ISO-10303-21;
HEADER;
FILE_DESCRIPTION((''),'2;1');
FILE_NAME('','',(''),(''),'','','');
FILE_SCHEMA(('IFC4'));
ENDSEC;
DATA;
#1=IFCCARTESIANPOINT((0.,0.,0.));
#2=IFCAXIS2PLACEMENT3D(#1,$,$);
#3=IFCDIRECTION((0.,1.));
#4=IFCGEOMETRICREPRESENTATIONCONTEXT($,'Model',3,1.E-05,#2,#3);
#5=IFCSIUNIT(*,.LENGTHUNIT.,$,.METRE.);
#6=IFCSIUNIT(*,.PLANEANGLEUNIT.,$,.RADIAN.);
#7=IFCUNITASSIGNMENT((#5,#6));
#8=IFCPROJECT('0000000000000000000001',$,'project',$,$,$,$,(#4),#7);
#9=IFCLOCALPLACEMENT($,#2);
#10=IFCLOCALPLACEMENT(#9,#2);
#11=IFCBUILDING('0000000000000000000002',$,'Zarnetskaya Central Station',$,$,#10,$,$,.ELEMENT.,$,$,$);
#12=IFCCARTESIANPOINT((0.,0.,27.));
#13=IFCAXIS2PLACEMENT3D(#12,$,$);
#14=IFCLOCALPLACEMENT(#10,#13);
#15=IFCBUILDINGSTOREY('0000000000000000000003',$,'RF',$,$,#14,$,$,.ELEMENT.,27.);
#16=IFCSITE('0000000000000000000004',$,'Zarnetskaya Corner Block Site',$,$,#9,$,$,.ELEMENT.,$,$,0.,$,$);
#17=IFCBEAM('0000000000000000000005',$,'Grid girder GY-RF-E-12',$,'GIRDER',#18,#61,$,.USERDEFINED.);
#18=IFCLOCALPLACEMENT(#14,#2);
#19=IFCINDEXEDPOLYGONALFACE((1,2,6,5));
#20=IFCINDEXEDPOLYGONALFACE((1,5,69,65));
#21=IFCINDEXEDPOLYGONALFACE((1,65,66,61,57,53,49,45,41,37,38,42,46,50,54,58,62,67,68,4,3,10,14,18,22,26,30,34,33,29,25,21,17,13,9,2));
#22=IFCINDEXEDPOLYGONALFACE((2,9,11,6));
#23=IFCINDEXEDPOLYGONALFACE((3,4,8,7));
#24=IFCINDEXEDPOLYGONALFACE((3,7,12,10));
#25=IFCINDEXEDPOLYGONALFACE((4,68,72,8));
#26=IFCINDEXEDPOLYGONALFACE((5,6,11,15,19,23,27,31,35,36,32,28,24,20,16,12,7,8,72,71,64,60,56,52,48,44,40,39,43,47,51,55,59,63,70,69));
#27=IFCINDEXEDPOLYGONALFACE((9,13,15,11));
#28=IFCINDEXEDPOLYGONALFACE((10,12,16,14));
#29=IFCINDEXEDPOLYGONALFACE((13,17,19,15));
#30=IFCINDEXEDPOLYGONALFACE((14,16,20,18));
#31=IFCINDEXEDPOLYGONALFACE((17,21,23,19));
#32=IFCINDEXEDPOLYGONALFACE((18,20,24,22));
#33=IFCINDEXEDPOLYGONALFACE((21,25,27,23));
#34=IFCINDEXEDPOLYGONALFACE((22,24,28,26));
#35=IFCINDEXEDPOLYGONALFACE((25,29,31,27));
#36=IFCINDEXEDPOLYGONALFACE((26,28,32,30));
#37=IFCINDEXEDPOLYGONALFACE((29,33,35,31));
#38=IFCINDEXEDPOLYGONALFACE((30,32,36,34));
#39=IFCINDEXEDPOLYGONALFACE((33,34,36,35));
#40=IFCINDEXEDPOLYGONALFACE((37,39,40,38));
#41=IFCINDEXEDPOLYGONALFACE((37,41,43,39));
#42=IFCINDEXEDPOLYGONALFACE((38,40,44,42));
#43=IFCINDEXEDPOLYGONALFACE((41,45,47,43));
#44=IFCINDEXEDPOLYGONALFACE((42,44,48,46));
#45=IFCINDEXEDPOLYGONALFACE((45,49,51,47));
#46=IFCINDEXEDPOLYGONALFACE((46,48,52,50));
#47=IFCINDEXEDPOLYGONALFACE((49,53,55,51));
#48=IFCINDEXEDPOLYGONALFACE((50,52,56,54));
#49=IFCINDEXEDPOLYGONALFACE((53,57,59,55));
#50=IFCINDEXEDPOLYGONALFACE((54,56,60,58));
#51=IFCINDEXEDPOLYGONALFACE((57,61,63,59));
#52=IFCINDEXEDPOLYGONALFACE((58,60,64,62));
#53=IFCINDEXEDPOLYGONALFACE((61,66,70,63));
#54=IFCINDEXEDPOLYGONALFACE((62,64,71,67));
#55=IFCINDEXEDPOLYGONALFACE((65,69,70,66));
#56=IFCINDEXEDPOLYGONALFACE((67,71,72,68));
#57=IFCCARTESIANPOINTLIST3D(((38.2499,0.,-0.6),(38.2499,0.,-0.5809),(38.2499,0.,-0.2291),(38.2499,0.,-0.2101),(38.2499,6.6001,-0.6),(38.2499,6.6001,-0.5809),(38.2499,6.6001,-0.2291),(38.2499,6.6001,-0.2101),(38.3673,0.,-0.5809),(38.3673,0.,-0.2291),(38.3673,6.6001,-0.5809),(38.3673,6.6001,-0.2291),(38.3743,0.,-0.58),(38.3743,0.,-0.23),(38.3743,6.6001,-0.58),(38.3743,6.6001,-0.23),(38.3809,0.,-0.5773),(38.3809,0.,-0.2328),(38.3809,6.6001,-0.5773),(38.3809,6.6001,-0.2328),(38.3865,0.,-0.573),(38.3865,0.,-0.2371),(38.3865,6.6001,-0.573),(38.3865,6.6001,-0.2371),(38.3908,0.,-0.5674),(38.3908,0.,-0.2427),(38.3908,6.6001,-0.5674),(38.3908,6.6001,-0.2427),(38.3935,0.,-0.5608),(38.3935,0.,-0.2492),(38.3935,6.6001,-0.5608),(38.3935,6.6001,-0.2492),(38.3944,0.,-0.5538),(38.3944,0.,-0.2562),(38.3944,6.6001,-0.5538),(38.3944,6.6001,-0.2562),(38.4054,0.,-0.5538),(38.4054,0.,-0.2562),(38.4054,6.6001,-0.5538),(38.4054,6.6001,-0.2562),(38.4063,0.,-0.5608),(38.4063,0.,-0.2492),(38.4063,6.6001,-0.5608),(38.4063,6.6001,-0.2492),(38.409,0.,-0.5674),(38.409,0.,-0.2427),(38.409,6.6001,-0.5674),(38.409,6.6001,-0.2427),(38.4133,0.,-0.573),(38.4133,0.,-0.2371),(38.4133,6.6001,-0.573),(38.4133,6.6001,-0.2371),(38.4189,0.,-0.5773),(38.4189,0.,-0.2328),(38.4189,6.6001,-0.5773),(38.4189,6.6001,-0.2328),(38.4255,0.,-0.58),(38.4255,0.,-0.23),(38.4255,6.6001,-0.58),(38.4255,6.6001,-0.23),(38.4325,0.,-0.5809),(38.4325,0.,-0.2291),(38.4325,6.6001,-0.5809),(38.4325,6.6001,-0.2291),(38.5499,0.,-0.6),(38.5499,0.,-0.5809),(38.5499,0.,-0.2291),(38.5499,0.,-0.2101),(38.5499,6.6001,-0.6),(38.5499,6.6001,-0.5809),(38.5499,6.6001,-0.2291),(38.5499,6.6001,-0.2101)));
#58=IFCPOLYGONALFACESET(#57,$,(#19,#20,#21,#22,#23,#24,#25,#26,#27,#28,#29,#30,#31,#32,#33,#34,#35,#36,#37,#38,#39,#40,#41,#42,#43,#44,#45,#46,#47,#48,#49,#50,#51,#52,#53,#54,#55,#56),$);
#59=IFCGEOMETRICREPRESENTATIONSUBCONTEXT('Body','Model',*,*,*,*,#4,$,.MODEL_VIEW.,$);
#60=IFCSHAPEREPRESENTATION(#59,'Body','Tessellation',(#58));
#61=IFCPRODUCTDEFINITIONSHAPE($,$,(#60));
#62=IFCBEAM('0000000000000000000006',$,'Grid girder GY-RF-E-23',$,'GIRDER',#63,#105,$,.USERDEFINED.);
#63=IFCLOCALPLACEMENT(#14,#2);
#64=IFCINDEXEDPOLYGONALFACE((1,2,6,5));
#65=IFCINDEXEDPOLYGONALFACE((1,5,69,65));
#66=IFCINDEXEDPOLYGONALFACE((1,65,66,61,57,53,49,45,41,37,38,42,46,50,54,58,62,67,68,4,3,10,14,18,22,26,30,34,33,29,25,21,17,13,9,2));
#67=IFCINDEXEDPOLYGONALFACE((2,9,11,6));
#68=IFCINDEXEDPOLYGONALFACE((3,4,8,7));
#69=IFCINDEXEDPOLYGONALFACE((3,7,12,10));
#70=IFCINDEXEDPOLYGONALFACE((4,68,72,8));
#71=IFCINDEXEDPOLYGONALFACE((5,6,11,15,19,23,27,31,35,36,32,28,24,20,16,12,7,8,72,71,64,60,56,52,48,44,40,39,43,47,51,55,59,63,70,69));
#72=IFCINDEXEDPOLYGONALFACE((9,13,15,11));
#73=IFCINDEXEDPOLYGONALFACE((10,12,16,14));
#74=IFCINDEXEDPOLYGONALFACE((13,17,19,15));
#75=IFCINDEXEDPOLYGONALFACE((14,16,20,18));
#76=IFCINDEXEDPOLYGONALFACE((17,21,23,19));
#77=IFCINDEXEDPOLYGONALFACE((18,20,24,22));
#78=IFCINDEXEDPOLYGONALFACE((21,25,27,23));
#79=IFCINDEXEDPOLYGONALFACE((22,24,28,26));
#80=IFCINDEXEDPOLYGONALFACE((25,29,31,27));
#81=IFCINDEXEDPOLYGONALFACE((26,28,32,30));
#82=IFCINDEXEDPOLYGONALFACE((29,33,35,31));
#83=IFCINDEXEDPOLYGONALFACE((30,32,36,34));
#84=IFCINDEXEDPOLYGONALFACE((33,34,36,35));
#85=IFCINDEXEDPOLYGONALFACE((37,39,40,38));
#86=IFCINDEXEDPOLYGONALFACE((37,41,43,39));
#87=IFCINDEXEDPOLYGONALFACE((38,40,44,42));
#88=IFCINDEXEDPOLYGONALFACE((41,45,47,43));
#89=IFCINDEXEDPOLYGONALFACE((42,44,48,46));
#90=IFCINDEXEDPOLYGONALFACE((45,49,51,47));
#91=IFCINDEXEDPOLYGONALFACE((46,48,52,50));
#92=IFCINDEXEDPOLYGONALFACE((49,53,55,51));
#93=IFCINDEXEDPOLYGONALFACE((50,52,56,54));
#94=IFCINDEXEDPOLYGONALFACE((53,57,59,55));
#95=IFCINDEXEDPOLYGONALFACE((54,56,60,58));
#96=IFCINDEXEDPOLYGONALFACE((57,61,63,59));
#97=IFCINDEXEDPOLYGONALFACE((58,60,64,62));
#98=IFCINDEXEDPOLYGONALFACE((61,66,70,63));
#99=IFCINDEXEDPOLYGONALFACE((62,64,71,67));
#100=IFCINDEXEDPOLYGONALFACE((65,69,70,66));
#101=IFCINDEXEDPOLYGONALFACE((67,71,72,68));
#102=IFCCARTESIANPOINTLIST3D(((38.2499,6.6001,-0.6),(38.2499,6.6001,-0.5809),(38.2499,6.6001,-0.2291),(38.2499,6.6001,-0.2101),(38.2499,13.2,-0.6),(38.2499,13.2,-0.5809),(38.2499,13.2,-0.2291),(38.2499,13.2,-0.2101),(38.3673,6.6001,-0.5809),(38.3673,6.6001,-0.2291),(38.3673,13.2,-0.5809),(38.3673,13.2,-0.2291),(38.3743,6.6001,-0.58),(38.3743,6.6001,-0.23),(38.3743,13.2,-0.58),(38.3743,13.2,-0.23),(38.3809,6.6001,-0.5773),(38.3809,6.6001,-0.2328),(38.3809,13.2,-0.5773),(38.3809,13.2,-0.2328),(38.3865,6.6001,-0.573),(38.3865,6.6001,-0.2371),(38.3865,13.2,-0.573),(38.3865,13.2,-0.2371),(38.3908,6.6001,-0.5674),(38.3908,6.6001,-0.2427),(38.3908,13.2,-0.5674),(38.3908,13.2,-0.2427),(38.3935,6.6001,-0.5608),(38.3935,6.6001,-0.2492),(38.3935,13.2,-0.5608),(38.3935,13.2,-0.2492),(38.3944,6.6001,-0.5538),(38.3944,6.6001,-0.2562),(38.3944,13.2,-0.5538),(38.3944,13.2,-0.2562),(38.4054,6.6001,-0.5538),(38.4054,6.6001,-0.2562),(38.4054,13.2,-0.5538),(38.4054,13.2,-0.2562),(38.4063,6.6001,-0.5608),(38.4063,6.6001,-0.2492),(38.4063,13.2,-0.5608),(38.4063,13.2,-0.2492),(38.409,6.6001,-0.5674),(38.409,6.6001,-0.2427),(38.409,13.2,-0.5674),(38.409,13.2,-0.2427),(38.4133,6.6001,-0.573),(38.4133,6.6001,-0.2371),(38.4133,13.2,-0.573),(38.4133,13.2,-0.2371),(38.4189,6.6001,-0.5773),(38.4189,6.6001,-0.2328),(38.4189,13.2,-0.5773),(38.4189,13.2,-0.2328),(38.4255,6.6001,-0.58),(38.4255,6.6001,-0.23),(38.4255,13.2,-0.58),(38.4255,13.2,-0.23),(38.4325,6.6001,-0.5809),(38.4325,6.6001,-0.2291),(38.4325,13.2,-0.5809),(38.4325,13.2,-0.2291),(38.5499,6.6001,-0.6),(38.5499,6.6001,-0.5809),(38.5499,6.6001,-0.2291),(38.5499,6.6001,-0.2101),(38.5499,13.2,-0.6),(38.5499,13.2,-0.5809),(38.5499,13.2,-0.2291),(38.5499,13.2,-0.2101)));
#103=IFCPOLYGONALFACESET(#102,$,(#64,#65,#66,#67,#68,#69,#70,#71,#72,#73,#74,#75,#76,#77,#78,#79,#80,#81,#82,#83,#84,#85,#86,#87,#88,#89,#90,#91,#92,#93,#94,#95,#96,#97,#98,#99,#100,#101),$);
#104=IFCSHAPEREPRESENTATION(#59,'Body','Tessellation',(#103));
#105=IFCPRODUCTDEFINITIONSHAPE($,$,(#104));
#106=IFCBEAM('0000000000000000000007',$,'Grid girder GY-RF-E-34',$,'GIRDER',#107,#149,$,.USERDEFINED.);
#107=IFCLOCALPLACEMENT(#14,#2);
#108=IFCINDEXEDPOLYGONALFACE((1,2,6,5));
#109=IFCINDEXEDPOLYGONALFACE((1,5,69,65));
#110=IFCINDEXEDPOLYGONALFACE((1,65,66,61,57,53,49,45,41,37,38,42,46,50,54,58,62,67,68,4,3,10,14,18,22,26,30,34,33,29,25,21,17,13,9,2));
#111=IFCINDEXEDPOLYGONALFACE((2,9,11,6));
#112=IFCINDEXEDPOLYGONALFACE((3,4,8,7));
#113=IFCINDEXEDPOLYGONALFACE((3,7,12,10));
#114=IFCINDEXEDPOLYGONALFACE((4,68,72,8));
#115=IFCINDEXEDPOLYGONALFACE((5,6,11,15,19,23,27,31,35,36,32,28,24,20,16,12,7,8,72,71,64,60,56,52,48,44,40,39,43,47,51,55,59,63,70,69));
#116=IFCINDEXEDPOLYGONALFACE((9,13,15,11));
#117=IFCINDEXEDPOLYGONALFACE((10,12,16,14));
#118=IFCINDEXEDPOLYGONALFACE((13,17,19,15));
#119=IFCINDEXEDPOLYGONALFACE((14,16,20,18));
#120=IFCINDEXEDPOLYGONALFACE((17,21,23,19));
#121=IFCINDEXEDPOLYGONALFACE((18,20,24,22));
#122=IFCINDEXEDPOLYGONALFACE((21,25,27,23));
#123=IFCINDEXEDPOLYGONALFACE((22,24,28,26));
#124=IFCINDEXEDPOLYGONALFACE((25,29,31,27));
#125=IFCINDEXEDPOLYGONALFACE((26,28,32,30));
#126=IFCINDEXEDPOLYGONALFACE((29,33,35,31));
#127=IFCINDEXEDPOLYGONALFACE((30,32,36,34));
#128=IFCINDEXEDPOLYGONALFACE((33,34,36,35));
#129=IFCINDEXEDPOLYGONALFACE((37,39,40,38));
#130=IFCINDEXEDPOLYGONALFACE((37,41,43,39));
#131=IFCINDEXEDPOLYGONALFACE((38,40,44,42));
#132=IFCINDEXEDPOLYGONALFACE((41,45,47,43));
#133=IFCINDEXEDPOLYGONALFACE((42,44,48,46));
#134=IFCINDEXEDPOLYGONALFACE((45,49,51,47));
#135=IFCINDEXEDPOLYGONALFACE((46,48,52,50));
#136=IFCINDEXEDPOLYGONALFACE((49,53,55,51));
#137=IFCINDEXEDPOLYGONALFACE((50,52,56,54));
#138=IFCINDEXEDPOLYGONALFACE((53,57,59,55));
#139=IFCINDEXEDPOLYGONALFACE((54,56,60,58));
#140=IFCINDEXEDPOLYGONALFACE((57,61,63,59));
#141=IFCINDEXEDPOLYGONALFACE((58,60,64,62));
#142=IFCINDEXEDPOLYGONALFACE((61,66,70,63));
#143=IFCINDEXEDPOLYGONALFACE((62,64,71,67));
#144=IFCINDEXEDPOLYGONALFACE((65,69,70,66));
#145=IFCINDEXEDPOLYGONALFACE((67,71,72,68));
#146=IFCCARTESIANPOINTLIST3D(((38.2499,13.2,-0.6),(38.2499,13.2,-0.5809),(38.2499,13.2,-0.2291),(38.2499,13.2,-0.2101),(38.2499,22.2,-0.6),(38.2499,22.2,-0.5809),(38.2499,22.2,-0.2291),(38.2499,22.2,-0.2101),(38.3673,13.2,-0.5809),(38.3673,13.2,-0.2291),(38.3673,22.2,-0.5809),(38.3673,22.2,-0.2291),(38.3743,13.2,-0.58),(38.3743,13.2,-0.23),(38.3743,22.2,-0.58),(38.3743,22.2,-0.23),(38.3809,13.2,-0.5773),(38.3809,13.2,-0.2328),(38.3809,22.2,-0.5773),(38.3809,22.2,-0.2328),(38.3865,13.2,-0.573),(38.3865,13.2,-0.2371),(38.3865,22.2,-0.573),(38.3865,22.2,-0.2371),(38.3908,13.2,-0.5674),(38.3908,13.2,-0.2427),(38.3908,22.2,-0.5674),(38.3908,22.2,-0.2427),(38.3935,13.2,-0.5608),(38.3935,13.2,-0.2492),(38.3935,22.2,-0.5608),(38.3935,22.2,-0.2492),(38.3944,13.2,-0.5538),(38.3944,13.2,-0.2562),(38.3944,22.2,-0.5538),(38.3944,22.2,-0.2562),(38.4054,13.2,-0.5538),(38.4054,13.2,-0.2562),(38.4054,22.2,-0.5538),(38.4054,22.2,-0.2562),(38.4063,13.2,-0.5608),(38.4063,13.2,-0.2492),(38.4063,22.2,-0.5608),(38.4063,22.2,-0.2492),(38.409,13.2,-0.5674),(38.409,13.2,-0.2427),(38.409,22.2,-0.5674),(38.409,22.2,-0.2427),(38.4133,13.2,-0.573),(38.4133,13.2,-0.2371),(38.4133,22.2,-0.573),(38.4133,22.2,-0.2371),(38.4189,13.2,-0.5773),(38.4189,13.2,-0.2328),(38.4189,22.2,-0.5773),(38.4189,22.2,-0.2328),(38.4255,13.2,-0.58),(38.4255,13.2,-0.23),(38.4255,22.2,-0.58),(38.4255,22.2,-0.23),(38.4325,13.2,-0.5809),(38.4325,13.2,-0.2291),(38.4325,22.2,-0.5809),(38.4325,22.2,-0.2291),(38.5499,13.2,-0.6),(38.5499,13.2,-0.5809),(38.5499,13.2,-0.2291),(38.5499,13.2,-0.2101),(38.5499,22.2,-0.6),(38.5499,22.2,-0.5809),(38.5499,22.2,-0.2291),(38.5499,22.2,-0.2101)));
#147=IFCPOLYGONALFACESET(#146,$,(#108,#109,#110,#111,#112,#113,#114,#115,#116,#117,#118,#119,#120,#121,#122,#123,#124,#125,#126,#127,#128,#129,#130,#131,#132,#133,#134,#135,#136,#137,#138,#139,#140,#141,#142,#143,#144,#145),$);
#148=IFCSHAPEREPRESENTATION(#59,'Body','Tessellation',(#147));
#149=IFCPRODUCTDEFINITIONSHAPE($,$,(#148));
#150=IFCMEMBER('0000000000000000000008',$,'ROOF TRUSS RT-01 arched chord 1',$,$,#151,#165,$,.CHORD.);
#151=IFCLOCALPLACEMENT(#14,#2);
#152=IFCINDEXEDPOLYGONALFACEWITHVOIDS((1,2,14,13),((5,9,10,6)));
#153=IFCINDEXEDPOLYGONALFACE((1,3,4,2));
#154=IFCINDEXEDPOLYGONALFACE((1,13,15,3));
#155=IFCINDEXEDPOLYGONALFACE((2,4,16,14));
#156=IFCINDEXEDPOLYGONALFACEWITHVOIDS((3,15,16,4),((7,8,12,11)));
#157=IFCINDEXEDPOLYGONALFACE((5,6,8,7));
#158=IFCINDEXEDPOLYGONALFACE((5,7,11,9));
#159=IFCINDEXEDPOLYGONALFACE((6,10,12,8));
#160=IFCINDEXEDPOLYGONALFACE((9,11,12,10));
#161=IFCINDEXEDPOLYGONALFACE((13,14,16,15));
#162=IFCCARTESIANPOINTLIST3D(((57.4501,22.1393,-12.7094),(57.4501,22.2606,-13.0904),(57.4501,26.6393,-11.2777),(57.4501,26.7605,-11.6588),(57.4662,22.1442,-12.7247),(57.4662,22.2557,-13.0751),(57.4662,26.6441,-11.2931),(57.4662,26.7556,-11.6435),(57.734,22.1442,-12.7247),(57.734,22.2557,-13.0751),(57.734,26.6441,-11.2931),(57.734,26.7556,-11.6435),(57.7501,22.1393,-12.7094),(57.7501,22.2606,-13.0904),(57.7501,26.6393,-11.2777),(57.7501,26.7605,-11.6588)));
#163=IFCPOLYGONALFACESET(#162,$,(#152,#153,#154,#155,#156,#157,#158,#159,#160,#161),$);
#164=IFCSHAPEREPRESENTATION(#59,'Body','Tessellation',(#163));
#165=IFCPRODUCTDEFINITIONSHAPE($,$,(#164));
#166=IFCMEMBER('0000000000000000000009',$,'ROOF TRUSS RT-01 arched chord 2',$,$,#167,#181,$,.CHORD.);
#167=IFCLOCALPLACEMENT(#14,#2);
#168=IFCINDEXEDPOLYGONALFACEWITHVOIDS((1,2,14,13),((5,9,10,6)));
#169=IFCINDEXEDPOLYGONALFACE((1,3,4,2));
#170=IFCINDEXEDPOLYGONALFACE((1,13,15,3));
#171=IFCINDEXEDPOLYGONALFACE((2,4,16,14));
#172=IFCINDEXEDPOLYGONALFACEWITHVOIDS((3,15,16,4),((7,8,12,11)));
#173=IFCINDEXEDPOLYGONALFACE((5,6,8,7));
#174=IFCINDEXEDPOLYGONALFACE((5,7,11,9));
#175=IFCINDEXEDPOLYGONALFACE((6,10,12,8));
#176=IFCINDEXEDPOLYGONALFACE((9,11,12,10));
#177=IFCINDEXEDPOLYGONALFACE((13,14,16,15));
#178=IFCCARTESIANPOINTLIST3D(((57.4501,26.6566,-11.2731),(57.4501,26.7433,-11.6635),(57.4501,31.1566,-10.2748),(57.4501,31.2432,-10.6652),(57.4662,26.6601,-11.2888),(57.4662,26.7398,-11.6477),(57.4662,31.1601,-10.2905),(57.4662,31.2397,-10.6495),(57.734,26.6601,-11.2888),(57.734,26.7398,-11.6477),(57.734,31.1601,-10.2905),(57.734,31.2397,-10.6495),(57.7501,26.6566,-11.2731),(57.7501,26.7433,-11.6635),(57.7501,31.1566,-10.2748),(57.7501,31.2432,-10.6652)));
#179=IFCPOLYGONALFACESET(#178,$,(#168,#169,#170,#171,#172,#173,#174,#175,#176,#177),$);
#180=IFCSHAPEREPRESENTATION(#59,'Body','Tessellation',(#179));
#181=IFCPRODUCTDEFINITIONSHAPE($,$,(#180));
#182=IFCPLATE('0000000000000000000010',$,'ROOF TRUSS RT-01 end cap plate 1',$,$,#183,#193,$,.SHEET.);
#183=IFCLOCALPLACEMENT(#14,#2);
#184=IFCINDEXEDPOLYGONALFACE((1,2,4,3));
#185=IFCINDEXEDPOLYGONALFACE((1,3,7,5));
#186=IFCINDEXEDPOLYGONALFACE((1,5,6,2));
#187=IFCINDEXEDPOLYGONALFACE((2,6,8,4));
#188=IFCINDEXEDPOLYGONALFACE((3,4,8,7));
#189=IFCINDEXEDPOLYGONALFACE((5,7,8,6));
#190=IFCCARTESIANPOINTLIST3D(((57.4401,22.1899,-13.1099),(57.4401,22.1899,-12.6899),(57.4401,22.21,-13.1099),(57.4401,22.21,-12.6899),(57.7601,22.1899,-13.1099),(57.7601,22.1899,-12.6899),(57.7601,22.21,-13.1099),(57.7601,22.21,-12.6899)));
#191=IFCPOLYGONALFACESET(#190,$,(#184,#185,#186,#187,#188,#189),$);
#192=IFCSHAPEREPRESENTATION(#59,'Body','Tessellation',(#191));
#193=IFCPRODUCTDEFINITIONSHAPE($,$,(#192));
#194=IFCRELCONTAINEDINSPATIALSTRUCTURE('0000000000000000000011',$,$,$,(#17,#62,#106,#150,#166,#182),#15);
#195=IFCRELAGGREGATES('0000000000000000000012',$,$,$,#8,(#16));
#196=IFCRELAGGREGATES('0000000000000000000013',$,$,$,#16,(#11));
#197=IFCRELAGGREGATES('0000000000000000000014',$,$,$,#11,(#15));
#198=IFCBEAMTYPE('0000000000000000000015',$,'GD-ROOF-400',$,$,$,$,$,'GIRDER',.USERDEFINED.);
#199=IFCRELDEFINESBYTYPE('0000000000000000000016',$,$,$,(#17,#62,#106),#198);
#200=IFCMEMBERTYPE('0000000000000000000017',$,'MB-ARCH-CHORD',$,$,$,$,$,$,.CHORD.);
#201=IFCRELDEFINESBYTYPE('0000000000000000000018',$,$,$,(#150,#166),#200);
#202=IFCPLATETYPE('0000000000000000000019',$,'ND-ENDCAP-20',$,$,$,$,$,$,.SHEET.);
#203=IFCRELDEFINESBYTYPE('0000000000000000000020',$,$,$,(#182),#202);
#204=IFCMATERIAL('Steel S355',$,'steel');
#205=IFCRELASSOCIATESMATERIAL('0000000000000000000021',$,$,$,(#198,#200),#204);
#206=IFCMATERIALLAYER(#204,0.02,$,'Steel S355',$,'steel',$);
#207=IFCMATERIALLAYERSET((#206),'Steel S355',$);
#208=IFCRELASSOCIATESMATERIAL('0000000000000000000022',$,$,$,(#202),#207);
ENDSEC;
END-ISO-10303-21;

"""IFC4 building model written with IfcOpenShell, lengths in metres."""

from ifc_helpers import new_model, si_unit, direction, frame, origin, origin_2d, place, context, subcontext, project, spatial, rectangle, hollow_rectangle, i_section, extrude, material, layer, layer_set, material_profile, profile_set, type_object, element, save


model = new_model("IFC4")

# Units and contexts
model_context = context("Model", 3, precision=1e-05, world=origin(), true_north=direction((0.0, 1.0)))
body_context = subcontext(model_context, "Body", "Model", "MODEL_VIEW")
ifc_project = project(units=[si_unit("LENGTHUNIT", "METRE"), si_unit("PLANEANGLEUNIT", "RADIAN")], contexts=[model_context])

# Site, building, storey
site_placement = place(None, origin())
site = spatial("IfcSite", under=ifc_project, at=site_placement, Name="Zarnetskaya Corner Block Site", CompositionType="ELEMENT", RefElevation=0.0)
building_placement = place(site_placement, origin())
building = spatial("IfcBuilding", under=site, at=building_placement, Name="Zarnetskaya Central Station", CompositionType="ELEMENT")
storey_placement = place(building_placement, frame((0.0, 0.0, 27.0)))
storey = spatial("IfcBuildingStorey", under=building, at=storey_placement, Name="RF", CompositionType="ELEMENT", Elevation=27.0)

# Beams
ifc_material_1 = material(Name="Steel S355", Category="steel")
ifc_material_profile_1 = material_profile(ifc_material_1, i_section(OverallWidth=0.3, OverallDepth=0.3899, WebThickness=0.011, FlangeThickness=0.019, FilletRadius=0.0271, at=origin_2d()), Name="HEA 400")
ifc_profile_set_1 = profile_set([ifc_material_profile_1], Name="Steel S355")
beam_type_1 = type_object("IfcBeamType", Name="GD-ROOF-400", ElementType="GIRDER", PredefinedType="USERDEFINED", material=ifc_profile_set_1)
beam_1_placement = place(storey_placement, frame((38.3999, 0.0, -0.405), z_axis=(0.0, 1.0, 0.0), x_axis=(-1.0, 0.0, 0.0)))
element("IfcBeam", 1, at=beam_1_placement, inside=storey, type_object=beam_type_1, Name="Grid girder GY-RF-E-12", ObjectType="GIRDER", PredefinedType="USERDEFINED", context=body_context, shape_type="SweptSolid", body=[
    extrude(i_section(OverallWidth=0.3, OverallDepth=0.3899, WebThickness=0.011, FlangeThickness=0.019, FilletRadius=0.0271, at=origin_2d()), origin(), (0.0, 0.0, 1.0), 6.6001),
])
beam_2_placement = place(storey_placement, frame((38.3999, 6.6001, -0.405), z_axis=(0.0, 1.0, 0.0), x_axis=(-1.0, 0.0, 0.0)))
element("IfcBeam", 2, at=beam_2_placement, inside=storey, type_object=beam_type_1, Name="Grid girder GY-RF-E-23", ObjectType="GIRDER", PredefinedType="USERDEFINED", context=body_context, shape_type="SweptSolid", body=[
    extrude(i_section(OverallWidth=0.3, OverallDepth=0.3899, WebThickness=0.011, FlangeThickness=0.019, FilletRadius=0.0271, at=origin_2d()), origin(), (0.0, 0.0, 1.0), 6.5999),
])
beam_3_placement = place(storey_placement, frame((38.3999, 13.2, -0.405), z_axis=(0.0, 1.0, 0.0), x_axis=(-1.0, 0.0, 0.0)))
element("IfcBeam", 3, at=beam_3_placement, inside=storey, type_object=beam_type_1, Name="Grid girder GY-RF-E-34", ObjectType="GIRDER", PredefinedType="USERDEFINED", context=body_context, shape_type="SweptSolid", body=[
    extrude(i_section(OverallWidth=0.3, OverallDepth=0.3899, WebThickness=0.011, FlangeThickness=0.019, FilletRadius=0.0271, at=origin_2d()), origin(), (0.0, 0.0, 1.0), 9.0),
])

# Members
ifc_material_profile_2 = material_profile(ifc_material_1, hollow_rectangle(XDim=0.3, YDim=0.3999, WallThickness=0.0161, at=origin_2d()), Name="RHS 400x300x16")
ifc_profile_set_2 = profile_set([ifc_material_profile_2], Name="Steel S355")
member_type = type_object("IfcMemberType", Name="MB-ARCH-CHORD", PredefinedType="CHORD", material=ifc_profile_set_2)
member_1_placement = place(storey_placement, frame((57.6001, 22.2, -12.8999), z_axis=(0.0, 0.952937, 0.30317), x_axis=(-1.0, 0.0, 0.0)))
element("IfcMember", 4, at=member_1_placement, inside=storey, type_object=member_type, Name="ROOF TRUSS RT-01 arched chord 1", PredefinedType="CHORD", context=body_context, shape_type="SweptSolid", body=[
    extrude(hollow_rectangle(XDim=0.3, YDim=0.3999, WallThickness=0.0161, at=origin_2d()), origin(), (0.0, 0.0, 1.0), 4.7222),
])
member_2_placement = place(storey_placement, frame((57.6001, 26.7, -11.4683), z_axis=(0.0, 0.976266, 0.216577), x_axis=(-1.0, 0.0, 0.0)))
element("IfcMember", 5, at=member_2_placement, inside=storey, type_object=member_type, Name="ROOF TRUSS RT-01 arched chord 2", PredefinedType="CHORD", context=body_context, shape_type="SweptSolid", body=[
    extrude(hollow_rectangle(XDim=0.3, YDim=0.3999, WallThickness=0.0161, at=origin_2d()), origin(), (0.0, 0.0, 1.0), 4.6094),
])

# Plate
ifc_layer_1 = layer(ifc_material_1, 0.02, Name="Steel S355", Category="steel")
ifc_layer_set_1 = layer_set([ifc_layer_1], Name="Steel S355")
plate_type = type_object("IfcPlateType", Name="ND-ENDCAP-20", PredefinedType="SHEET", material=ifc_layer_set_1)
plate_placement = place(storey_placement, frame((57.6001, 22.2, -13.1099), z_axis=(0.0, 0.0, 1.0), x_axis=(1.0, 0.0, 0.0)))
element("IfcPlate", 6, at=plate_placement, inside=storey, type_object=plate_type, Name="ROOF TRUSS RT-01 end cap plate 1", PredefinedType="SHEET", context=body_context, shape_type="SweptSolid", body=[
    extrude(rectangle(XDim=0.3201, YDim=0.02, at=origin_2d()), origin(), (0.0, 0.0, 1.0), 0.4199),
])

save(model, "model.ifc")
